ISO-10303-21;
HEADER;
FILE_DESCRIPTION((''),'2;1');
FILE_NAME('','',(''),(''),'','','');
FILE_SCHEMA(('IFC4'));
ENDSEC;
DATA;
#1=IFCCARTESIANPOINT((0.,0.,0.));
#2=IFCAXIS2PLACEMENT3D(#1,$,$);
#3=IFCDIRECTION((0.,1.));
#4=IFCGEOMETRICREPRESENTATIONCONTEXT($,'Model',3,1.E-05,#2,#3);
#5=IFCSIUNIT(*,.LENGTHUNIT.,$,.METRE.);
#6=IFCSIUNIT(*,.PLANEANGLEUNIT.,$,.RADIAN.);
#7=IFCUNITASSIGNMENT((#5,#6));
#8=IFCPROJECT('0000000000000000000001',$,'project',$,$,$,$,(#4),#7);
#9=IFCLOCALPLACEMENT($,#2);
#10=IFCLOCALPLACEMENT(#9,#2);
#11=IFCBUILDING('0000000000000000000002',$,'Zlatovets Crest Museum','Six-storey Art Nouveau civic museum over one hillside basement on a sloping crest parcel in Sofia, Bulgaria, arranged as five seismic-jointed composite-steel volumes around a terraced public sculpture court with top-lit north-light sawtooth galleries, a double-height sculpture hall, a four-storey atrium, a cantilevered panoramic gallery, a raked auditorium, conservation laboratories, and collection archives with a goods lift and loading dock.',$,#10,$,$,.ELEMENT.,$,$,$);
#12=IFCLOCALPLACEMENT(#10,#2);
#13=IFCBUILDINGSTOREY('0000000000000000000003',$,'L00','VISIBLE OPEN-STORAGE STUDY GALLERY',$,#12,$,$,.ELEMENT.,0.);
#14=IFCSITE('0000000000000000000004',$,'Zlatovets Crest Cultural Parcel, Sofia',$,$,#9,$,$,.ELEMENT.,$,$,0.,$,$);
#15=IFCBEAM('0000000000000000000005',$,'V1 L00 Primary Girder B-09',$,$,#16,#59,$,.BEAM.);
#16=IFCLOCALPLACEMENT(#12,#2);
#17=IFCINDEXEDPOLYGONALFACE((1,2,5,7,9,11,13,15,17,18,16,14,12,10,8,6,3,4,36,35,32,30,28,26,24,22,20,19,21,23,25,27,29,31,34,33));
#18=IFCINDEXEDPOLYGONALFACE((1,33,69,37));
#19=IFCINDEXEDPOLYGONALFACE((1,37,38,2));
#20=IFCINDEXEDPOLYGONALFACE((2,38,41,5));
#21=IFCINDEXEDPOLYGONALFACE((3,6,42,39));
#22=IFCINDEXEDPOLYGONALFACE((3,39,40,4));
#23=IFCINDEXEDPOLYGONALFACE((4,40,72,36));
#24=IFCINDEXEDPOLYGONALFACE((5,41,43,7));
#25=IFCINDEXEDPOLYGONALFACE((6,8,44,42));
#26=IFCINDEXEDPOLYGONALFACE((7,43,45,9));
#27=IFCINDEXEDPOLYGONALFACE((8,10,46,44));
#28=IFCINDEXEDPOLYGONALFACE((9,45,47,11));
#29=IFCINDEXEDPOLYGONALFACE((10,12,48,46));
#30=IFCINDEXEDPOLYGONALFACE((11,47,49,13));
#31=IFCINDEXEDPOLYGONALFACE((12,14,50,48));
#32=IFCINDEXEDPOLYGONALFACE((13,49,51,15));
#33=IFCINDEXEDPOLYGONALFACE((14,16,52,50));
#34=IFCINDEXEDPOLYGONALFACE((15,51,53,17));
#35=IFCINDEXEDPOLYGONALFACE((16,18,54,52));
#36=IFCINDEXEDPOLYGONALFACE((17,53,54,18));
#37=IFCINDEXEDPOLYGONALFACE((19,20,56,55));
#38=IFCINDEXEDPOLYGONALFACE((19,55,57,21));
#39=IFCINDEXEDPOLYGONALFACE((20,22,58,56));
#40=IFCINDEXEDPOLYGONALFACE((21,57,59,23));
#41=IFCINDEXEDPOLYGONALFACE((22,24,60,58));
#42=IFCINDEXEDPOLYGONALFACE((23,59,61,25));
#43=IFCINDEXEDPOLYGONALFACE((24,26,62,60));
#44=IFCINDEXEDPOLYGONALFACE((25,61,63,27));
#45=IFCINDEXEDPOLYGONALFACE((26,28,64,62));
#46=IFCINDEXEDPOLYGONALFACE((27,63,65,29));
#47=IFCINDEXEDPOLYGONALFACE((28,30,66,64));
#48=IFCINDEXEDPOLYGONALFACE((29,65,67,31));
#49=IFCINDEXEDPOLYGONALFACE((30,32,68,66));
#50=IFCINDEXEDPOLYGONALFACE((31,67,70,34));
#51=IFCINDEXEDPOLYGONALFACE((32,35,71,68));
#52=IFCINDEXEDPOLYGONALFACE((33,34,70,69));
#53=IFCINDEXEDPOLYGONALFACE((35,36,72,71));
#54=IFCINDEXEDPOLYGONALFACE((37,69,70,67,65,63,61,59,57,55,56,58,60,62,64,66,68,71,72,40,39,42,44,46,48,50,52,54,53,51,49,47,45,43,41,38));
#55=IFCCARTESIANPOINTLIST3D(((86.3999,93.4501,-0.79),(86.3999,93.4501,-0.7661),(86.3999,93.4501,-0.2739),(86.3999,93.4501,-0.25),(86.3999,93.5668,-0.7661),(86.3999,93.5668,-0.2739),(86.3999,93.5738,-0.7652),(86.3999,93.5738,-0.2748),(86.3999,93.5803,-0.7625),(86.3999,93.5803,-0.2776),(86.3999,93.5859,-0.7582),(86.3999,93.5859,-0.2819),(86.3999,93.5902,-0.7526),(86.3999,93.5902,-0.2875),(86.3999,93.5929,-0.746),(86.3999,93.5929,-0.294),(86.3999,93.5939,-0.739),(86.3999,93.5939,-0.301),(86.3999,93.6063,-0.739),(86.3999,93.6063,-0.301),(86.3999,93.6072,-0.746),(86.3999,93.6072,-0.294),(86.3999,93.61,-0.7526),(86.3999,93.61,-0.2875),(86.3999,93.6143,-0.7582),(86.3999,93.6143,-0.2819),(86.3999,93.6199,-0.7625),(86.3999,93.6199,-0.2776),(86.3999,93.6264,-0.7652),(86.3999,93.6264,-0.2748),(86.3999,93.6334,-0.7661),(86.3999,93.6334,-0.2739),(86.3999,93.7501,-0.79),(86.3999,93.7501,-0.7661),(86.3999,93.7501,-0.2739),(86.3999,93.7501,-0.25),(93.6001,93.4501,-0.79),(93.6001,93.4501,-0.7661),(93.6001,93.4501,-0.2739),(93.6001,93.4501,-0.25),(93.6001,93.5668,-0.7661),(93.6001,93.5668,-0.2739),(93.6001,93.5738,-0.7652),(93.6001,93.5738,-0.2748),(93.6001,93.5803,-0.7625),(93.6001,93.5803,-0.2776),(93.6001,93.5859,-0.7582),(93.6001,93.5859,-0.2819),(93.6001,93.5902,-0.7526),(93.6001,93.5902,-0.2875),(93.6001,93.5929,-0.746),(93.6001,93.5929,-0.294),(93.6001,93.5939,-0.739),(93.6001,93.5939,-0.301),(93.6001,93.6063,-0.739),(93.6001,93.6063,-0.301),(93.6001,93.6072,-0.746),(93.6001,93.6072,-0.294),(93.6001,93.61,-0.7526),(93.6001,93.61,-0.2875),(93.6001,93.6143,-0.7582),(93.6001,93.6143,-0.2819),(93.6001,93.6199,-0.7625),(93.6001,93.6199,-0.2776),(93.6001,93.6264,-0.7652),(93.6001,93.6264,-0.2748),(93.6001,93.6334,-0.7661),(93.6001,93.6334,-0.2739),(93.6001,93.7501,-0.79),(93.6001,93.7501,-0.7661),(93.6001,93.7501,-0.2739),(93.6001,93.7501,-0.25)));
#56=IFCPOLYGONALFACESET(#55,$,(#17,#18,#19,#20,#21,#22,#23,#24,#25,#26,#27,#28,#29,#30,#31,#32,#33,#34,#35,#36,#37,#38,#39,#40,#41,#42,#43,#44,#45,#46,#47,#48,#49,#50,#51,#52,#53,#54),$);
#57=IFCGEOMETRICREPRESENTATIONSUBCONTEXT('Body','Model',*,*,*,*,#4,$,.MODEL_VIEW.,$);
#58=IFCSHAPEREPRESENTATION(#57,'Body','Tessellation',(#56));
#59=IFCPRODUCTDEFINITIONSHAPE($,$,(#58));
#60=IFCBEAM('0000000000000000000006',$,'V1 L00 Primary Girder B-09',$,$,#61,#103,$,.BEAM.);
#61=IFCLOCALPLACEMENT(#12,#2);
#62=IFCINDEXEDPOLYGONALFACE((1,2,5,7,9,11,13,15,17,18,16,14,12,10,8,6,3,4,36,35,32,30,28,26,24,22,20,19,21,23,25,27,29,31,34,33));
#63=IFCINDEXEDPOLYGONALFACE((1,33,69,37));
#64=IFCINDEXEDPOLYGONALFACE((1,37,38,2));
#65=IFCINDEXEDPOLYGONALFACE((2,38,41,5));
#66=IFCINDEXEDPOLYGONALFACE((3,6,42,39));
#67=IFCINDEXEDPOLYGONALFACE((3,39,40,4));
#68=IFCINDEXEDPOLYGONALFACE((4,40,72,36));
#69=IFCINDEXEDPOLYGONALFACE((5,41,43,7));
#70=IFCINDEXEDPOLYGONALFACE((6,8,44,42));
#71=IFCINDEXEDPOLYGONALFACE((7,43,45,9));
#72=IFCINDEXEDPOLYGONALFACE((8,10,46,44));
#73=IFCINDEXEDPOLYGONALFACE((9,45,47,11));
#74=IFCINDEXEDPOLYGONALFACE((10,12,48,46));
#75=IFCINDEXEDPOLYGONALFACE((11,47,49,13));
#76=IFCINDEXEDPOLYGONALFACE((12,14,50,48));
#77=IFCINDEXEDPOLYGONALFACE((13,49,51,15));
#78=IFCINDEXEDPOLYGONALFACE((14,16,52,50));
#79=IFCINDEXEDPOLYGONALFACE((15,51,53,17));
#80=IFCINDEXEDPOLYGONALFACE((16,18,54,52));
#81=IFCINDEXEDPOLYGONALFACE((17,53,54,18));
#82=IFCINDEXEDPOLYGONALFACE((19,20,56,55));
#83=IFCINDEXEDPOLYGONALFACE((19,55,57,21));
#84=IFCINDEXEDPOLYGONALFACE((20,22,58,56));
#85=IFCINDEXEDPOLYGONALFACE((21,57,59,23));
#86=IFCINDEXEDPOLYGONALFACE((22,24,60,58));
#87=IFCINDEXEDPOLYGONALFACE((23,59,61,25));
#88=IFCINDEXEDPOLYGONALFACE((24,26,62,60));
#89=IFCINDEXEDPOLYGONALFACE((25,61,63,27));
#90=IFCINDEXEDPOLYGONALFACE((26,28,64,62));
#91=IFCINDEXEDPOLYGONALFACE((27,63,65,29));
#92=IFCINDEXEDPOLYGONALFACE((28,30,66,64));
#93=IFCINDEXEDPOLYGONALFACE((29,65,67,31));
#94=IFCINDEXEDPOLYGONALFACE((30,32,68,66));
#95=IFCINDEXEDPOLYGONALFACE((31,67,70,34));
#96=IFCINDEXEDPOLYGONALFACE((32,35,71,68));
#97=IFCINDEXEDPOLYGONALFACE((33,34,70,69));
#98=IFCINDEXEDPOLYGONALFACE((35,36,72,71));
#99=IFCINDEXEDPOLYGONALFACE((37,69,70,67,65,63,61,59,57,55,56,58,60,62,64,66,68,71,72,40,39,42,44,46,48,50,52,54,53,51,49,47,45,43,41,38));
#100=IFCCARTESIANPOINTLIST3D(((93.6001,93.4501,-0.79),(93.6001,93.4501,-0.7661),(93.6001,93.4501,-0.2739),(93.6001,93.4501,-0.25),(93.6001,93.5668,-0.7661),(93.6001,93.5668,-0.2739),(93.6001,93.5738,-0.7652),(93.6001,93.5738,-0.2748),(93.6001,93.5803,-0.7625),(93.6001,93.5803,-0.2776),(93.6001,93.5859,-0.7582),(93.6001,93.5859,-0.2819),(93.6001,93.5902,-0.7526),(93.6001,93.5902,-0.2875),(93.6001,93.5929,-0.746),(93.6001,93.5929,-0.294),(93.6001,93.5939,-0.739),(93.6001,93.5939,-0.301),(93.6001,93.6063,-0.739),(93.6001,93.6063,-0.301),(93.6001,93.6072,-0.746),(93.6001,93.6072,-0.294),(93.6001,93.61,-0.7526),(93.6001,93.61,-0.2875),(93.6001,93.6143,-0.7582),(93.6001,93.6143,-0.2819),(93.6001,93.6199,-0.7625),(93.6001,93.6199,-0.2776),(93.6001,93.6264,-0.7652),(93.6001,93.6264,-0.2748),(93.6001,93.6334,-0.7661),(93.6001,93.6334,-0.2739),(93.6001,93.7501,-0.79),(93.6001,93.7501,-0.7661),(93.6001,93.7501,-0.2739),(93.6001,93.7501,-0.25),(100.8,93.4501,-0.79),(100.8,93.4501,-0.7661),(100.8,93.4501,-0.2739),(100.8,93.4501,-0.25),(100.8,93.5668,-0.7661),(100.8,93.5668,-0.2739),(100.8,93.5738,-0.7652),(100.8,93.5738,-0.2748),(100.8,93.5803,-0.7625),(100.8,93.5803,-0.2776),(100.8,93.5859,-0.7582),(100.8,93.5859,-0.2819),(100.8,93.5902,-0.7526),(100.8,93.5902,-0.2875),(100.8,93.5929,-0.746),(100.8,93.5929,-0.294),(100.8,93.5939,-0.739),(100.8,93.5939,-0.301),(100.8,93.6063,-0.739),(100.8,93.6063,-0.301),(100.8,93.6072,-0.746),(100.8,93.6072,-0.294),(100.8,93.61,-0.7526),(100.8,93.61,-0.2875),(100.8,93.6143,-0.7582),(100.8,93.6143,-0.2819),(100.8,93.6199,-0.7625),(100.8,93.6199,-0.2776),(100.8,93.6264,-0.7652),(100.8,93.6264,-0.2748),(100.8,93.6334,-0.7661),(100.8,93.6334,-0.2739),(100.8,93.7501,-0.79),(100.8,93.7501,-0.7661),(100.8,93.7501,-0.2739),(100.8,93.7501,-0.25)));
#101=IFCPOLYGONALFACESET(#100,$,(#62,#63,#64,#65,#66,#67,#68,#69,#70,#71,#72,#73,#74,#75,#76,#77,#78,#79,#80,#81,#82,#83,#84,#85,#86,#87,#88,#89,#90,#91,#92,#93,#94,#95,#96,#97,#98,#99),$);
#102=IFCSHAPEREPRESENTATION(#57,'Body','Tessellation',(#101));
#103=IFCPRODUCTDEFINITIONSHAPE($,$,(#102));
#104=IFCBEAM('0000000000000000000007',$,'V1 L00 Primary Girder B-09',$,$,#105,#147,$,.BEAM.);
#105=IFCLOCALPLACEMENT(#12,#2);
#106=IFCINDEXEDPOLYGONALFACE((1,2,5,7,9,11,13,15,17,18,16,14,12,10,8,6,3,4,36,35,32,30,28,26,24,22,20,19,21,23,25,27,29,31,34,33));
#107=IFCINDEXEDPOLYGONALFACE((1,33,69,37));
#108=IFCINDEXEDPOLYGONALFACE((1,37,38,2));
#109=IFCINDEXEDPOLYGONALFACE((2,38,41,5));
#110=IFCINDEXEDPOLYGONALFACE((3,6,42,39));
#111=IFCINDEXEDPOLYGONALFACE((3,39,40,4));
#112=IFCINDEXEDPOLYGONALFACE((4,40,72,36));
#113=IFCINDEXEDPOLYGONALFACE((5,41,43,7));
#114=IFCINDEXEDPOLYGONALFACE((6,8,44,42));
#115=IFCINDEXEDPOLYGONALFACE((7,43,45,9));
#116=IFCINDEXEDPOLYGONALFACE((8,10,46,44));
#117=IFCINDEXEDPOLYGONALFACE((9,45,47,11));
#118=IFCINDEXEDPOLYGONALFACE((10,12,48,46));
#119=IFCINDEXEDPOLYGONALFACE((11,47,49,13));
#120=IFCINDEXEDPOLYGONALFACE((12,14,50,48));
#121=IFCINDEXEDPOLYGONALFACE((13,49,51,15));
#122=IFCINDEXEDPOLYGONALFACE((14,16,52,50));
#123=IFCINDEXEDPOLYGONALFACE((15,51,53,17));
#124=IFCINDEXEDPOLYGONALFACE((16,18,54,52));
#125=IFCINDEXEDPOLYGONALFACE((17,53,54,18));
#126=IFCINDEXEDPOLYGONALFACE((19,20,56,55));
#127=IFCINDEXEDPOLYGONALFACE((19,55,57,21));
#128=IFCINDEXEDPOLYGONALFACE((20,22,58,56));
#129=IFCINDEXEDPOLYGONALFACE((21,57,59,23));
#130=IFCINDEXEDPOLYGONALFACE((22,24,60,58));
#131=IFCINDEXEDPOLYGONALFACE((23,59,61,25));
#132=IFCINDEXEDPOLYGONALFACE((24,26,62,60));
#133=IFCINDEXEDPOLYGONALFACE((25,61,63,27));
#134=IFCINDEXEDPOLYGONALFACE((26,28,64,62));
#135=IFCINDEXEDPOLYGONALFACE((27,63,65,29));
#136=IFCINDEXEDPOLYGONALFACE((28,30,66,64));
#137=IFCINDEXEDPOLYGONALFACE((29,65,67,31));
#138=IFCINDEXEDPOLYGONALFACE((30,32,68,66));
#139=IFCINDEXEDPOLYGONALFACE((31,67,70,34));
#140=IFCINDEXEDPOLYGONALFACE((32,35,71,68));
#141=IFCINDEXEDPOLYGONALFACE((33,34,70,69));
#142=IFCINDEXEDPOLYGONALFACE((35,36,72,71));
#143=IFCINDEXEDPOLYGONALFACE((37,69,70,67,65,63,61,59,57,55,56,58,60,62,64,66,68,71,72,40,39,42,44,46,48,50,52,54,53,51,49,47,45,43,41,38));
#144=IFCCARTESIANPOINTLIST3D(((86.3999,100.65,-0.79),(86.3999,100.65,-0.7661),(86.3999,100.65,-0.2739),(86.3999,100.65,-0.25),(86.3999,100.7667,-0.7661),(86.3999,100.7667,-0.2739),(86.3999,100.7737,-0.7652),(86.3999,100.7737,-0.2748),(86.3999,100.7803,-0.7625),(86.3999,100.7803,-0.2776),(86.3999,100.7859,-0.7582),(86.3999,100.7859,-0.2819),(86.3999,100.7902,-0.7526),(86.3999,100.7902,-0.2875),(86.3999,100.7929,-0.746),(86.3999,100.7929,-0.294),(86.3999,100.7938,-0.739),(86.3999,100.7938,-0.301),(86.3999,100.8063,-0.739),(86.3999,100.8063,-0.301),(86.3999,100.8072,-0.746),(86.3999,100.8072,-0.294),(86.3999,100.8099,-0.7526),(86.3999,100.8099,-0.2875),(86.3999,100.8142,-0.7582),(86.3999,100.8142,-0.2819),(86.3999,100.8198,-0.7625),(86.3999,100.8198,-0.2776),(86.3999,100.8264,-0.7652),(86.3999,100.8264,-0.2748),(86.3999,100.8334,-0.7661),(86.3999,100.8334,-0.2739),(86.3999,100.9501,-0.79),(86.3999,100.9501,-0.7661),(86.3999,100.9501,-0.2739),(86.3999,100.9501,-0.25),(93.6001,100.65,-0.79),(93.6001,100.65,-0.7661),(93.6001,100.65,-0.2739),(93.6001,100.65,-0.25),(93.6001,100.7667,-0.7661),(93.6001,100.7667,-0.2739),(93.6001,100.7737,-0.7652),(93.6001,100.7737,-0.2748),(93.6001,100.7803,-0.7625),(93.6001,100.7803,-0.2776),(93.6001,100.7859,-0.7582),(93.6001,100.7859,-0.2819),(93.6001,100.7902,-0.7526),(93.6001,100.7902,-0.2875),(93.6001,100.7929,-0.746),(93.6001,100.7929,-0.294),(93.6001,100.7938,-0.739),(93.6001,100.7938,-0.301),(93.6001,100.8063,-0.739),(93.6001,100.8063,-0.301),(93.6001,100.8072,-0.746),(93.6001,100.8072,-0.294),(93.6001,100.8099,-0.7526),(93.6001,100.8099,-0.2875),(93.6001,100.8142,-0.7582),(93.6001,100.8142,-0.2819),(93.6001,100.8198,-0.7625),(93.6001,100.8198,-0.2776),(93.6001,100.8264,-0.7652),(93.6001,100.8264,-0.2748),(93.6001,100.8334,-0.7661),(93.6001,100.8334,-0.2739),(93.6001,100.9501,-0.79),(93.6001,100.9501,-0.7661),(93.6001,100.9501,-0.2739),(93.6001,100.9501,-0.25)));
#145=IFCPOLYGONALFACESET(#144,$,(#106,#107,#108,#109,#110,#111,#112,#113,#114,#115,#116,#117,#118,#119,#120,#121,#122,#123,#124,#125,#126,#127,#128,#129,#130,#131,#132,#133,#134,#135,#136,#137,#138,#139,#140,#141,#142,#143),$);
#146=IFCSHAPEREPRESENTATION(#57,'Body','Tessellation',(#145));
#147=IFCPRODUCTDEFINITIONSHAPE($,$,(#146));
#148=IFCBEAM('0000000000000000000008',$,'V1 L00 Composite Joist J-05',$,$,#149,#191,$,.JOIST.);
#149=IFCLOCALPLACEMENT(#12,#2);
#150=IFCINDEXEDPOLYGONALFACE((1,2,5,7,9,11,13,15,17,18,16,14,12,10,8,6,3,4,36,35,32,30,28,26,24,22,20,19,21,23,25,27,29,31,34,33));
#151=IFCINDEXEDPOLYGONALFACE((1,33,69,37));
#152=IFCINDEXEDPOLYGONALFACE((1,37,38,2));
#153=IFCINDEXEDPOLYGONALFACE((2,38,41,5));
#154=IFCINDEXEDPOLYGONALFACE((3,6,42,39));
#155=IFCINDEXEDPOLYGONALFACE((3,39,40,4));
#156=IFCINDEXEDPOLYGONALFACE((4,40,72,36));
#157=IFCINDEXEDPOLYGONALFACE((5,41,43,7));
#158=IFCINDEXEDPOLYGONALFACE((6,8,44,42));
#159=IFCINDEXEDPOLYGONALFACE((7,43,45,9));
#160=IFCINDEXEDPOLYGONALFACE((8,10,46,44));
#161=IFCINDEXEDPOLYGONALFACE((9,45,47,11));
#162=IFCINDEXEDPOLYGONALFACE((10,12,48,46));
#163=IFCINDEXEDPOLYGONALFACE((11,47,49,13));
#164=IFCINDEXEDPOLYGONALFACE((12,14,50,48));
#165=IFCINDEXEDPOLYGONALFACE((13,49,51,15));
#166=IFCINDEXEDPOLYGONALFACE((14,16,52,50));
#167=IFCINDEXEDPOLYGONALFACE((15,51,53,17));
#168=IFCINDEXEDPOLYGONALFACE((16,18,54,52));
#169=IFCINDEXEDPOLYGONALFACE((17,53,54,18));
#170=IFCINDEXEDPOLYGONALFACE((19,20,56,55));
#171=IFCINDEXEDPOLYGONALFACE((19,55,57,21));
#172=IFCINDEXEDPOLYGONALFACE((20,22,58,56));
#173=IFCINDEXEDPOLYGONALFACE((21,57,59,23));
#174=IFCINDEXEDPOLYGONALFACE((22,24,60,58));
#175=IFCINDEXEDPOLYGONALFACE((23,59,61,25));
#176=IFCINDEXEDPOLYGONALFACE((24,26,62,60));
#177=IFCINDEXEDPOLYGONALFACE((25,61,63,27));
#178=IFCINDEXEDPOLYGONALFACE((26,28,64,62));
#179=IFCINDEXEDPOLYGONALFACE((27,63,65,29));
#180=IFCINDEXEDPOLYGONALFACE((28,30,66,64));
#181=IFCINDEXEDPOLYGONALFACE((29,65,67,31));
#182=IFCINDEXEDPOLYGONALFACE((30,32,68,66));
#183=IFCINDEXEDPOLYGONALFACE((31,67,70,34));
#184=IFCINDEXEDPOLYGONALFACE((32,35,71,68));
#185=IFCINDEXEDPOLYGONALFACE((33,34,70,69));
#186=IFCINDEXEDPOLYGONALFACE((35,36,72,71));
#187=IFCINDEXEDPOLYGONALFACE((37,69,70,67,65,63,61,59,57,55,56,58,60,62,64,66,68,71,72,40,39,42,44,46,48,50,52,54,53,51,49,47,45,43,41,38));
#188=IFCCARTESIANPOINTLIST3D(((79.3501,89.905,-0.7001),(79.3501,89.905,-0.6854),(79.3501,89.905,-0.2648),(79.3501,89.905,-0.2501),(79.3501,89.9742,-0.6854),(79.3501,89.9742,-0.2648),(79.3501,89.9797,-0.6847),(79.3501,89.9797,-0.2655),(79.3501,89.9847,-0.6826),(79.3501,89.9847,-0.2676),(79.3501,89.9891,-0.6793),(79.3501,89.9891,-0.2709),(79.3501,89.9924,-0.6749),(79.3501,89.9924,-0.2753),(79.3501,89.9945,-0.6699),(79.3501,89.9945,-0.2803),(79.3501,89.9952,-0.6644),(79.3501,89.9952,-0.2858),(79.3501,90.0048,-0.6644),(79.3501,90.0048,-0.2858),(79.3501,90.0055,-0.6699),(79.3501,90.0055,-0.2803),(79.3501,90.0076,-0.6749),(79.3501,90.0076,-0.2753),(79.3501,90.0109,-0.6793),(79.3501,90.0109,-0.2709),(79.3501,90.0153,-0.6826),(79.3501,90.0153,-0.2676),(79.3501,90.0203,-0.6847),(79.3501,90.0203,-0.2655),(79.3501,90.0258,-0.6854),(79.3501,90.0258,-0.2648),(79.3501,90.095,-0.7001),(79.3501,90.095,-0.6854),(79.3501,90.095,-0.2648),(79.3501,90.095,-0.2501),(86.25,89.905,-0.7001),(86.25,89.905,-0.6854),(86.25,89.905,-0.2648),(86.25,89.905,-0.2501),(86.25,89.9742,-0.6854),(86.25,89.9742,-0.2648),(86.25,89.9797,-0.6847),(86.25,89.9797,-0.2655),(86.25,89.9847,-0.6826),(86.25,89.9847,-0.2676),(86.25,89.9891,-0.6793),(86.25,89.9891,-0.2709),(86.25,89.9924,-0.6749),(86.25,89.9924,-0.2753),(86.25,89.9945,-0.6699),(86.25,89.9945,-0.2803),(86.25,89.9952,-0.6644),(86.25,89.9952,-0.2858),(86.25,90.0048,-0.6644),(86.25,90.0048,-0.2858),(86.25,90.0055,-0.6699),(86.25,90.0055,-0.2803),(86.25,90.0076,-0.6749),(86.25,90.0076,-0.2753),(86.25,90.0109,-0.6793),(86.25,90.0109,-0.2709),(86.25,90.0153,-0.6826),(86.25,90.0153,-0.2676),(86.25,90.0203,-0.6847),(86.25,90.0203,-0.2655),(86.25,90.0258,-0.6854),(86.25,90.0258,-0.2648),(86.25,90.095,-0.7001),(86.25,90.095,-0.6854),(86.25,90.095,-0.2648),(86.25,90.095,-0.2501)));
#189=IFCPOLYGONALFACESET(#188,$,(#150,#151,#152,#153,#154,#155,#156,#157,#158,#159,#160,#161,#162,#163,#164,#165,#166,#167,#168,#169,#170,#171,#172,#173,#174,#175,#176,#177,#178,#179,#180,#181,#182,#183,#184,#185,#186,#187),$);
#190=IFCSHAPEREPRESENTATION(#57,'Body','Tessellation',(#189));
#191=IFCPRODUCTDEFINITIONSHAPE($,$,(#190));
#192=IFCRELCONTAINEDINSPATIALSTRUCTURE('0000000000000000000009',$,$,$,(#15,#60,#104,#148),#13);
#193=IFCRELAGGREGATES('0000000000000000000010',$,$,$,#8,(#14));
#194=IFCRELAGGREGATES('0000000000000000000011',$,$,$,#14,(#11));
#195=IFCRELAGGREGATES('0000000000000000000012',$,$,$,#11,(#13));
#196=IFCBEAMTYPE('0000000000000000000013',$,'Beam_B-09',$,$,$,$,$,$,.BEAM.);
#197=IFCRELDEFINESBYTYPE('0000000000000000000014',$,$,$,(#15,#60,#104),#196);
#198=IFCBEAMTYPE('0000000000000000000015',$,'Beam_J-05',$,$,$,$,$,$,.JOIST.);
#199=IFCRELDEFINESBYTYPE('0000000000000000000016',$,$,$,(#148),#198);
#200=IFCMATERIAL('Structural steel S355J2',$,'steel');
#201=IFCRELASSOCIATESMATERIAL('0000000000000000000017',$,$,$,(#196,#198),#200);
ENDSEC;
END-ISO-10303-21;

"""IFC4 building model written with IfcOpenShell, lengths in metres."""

from ifc_helpers import new_model, si_unit, direction, frame, origin, origin_2d, place, context, subcontext, project, spatial, i_section, extrude, material, material_profile, profile_set, type_object, element, save


model = new_model("IFC4")

# Units and contexts
model_context = context("Model", 3, precision=1e-05, world=origin(), true_north=direction((0.0, 1.0)))
body_context = subcontext(model_context, "Body", "Model", "MODEL_VIEW")
ifc_project = project(units=[si_unit("LENGTHUNIT", "METRE"), si_unit("PLANEANGLEUNIT", "RADIAN")], contexts=[model_context])

# Site, building, storey
site_placement = place(None, origin())
site = spatial("IfcSite", under=ifc_project, at=site_placement, Name="Zlatovets Crest Cultural Parcel, Sofia", CompositionType="ELEMENT", RefElevation=0.0)
building_placement = place(site_placement, origin())
building = spatial("IfcBuilding", under=site, at=building_placement, Name="Zlatovets Crest Museum", Description="Six-storey Art Nouveau civic museum over one hillside basement on a sloping crest parcel in Sofia, Bulgaria, arranged as five seismic-jointed composite-steel volumes around a terraced public sculpture court with top-lit north-light sawtooth galleries, a double-height sculpture hall, a four-storey atrium, a cantilevered panoramic gallery, a raked auditorium, conservation laboratories, and collection archives with a goods lift and loading dock.", CompositionType="ELEMENT")
storey_placement = place(building_placement, origin())
storey = spatial("IfcBuildingStorey", under=building, at=storey_placement, Name="L00", Description="VISIBLE OPEN-STORAGE STUDY GALLERY", CompositionType="ELEMENT", Elevation=0.0)

# Shared definitions
ifc_material_1 = material(Name="Structural steel S355J2", Category="steel")

# Beams
ifc_material_profile_1 = material_profile(ifc_material_1, i_section(OverallWidth=0.3, OverallDepth=0.54, WebThickness=0.0125, FlangeThickness=0.0239, FilletRadius=0.0271, at=origin_2d()), Name="HEA 550")
ifc_profile_set_1 = profile_set([ifc_material_profile_1], Name="Structural steel S355J2")
beam_type_1 = type_object("IfcBeamType", Name="Beam_B-09", PredefinedType="BEAM", material=ifc_profile_set_1)
beam_1_placement = place(storey_placement, frame((86.3999, 93.6001, -0.52), z_axis=(1.0, 0.0, 0.0), x_axis=(0.0, 1.0, 0.0)))
element("IfcBeam", 1, at=beam_1_placement, inside=storey, type_object=beam_type_1, Name="V1 L00 Primary Girder B-09", PredefinedType="BEAM", context=body_context, shape_type="SweptSolid", body=[
    extrude(i_section(OverallWidth=0.3, OverallDepth=0.54, WebThickness=0.0125, FlangeThickness=0.0239, FilletRadius=0.0271, at=origin_2d()), origin(), (0.0, 0.0, 1.0), 7.2002),
])
beam_2_placement = place(storey_placement, frame((93.6001, 93.6001, -0.52), z_axis=(1.0, 0.0, 0.0), x_axis=(0.0, 1.0, 0.0)))
element("IfcBeam", 2, at=beam_2_placement, inside=storey, type_object=beam_type_1, Name="V1 L00 Primary Girder B-09", PredefinedType="BEAM", context=body_context, shape_type="SweptSolid", body=[
    extrude(i_section(OverallWidth=0.3, OverallDepth=0.54, WebThickness=0.0125, FlangeThickness=0.0239, FilletRadius=0.0271, at=origin_2d()), origin(), (0.0, 0.0, 1.0), 7.2),
])
beam_3_placement = place(storey_placement, frame((86.3999, 100.8, -0.52), z_axis=(1.0, 0.0, 0.0), x_axis=(0.0, 1.0, 0.0)))
element("IfcBeam", 3, at=beam_3_placement, inside=storey, type_object=beam_type_1, Name="V1 L00 Primary Girder B-09", PredefinedType="BEAM", context=body_context, shape_type="SweptSolid", body=[
    extrude(i_section(OverallWidth=0.3, OverallDepth=0.54, WebThickness=0.0125, FlangeThickness=0.0239, FilletRadius=0.0271, at=origin_2d()), origin(), (0.0, 0.0, 1.0), 7.2002),
])
ifc_material_profile_2 = material_profile(ifc_material_1, i_section(OverallWidth=0.1899, OverallDepth=0.45, WebThickness=0.0095, FlangeThickness=0.0146, FilletRadius=0.021, at=origin_2d()), Name="IPE 450")
ifc_profile_set_2 = profile_set([ifc_material_profile_2], Name="Structural steel S355J2")
beam_type_2 = type_object("IfcBeamType", Name="Beam_J-05", PredefinedType="JOIST", material=ifc_profile_set_2)
for number, where, z_axis, x_axis, name in (
    (4, (79.3501, 90.0, -0.4751), (1.0, 0.0, 0.0), (0.0, 1.0, 0.0), "V1 L00 Composite Joist J-05"),
):
    element("IfcBeam", number, at=place(storey_placement, frame(where, z_axis=z_axis, x_axis=x_axis)), inside=storey, type_object=beam_type_2, Name=name, PredefinedType="JOIST", context=body_context, shape_type="SweptSolid", body=[
        extrude(i_section(OverallWidth=0.1899, OverallDepth=0.45, WebThickness=0.0095, FlangeThickness=0.0146, FilletRadius=0.021, at=origin_2d()), origin(), (0.0, 0.0, 1.0), 6.8999),
    ])

save(model, "model.ifc")
